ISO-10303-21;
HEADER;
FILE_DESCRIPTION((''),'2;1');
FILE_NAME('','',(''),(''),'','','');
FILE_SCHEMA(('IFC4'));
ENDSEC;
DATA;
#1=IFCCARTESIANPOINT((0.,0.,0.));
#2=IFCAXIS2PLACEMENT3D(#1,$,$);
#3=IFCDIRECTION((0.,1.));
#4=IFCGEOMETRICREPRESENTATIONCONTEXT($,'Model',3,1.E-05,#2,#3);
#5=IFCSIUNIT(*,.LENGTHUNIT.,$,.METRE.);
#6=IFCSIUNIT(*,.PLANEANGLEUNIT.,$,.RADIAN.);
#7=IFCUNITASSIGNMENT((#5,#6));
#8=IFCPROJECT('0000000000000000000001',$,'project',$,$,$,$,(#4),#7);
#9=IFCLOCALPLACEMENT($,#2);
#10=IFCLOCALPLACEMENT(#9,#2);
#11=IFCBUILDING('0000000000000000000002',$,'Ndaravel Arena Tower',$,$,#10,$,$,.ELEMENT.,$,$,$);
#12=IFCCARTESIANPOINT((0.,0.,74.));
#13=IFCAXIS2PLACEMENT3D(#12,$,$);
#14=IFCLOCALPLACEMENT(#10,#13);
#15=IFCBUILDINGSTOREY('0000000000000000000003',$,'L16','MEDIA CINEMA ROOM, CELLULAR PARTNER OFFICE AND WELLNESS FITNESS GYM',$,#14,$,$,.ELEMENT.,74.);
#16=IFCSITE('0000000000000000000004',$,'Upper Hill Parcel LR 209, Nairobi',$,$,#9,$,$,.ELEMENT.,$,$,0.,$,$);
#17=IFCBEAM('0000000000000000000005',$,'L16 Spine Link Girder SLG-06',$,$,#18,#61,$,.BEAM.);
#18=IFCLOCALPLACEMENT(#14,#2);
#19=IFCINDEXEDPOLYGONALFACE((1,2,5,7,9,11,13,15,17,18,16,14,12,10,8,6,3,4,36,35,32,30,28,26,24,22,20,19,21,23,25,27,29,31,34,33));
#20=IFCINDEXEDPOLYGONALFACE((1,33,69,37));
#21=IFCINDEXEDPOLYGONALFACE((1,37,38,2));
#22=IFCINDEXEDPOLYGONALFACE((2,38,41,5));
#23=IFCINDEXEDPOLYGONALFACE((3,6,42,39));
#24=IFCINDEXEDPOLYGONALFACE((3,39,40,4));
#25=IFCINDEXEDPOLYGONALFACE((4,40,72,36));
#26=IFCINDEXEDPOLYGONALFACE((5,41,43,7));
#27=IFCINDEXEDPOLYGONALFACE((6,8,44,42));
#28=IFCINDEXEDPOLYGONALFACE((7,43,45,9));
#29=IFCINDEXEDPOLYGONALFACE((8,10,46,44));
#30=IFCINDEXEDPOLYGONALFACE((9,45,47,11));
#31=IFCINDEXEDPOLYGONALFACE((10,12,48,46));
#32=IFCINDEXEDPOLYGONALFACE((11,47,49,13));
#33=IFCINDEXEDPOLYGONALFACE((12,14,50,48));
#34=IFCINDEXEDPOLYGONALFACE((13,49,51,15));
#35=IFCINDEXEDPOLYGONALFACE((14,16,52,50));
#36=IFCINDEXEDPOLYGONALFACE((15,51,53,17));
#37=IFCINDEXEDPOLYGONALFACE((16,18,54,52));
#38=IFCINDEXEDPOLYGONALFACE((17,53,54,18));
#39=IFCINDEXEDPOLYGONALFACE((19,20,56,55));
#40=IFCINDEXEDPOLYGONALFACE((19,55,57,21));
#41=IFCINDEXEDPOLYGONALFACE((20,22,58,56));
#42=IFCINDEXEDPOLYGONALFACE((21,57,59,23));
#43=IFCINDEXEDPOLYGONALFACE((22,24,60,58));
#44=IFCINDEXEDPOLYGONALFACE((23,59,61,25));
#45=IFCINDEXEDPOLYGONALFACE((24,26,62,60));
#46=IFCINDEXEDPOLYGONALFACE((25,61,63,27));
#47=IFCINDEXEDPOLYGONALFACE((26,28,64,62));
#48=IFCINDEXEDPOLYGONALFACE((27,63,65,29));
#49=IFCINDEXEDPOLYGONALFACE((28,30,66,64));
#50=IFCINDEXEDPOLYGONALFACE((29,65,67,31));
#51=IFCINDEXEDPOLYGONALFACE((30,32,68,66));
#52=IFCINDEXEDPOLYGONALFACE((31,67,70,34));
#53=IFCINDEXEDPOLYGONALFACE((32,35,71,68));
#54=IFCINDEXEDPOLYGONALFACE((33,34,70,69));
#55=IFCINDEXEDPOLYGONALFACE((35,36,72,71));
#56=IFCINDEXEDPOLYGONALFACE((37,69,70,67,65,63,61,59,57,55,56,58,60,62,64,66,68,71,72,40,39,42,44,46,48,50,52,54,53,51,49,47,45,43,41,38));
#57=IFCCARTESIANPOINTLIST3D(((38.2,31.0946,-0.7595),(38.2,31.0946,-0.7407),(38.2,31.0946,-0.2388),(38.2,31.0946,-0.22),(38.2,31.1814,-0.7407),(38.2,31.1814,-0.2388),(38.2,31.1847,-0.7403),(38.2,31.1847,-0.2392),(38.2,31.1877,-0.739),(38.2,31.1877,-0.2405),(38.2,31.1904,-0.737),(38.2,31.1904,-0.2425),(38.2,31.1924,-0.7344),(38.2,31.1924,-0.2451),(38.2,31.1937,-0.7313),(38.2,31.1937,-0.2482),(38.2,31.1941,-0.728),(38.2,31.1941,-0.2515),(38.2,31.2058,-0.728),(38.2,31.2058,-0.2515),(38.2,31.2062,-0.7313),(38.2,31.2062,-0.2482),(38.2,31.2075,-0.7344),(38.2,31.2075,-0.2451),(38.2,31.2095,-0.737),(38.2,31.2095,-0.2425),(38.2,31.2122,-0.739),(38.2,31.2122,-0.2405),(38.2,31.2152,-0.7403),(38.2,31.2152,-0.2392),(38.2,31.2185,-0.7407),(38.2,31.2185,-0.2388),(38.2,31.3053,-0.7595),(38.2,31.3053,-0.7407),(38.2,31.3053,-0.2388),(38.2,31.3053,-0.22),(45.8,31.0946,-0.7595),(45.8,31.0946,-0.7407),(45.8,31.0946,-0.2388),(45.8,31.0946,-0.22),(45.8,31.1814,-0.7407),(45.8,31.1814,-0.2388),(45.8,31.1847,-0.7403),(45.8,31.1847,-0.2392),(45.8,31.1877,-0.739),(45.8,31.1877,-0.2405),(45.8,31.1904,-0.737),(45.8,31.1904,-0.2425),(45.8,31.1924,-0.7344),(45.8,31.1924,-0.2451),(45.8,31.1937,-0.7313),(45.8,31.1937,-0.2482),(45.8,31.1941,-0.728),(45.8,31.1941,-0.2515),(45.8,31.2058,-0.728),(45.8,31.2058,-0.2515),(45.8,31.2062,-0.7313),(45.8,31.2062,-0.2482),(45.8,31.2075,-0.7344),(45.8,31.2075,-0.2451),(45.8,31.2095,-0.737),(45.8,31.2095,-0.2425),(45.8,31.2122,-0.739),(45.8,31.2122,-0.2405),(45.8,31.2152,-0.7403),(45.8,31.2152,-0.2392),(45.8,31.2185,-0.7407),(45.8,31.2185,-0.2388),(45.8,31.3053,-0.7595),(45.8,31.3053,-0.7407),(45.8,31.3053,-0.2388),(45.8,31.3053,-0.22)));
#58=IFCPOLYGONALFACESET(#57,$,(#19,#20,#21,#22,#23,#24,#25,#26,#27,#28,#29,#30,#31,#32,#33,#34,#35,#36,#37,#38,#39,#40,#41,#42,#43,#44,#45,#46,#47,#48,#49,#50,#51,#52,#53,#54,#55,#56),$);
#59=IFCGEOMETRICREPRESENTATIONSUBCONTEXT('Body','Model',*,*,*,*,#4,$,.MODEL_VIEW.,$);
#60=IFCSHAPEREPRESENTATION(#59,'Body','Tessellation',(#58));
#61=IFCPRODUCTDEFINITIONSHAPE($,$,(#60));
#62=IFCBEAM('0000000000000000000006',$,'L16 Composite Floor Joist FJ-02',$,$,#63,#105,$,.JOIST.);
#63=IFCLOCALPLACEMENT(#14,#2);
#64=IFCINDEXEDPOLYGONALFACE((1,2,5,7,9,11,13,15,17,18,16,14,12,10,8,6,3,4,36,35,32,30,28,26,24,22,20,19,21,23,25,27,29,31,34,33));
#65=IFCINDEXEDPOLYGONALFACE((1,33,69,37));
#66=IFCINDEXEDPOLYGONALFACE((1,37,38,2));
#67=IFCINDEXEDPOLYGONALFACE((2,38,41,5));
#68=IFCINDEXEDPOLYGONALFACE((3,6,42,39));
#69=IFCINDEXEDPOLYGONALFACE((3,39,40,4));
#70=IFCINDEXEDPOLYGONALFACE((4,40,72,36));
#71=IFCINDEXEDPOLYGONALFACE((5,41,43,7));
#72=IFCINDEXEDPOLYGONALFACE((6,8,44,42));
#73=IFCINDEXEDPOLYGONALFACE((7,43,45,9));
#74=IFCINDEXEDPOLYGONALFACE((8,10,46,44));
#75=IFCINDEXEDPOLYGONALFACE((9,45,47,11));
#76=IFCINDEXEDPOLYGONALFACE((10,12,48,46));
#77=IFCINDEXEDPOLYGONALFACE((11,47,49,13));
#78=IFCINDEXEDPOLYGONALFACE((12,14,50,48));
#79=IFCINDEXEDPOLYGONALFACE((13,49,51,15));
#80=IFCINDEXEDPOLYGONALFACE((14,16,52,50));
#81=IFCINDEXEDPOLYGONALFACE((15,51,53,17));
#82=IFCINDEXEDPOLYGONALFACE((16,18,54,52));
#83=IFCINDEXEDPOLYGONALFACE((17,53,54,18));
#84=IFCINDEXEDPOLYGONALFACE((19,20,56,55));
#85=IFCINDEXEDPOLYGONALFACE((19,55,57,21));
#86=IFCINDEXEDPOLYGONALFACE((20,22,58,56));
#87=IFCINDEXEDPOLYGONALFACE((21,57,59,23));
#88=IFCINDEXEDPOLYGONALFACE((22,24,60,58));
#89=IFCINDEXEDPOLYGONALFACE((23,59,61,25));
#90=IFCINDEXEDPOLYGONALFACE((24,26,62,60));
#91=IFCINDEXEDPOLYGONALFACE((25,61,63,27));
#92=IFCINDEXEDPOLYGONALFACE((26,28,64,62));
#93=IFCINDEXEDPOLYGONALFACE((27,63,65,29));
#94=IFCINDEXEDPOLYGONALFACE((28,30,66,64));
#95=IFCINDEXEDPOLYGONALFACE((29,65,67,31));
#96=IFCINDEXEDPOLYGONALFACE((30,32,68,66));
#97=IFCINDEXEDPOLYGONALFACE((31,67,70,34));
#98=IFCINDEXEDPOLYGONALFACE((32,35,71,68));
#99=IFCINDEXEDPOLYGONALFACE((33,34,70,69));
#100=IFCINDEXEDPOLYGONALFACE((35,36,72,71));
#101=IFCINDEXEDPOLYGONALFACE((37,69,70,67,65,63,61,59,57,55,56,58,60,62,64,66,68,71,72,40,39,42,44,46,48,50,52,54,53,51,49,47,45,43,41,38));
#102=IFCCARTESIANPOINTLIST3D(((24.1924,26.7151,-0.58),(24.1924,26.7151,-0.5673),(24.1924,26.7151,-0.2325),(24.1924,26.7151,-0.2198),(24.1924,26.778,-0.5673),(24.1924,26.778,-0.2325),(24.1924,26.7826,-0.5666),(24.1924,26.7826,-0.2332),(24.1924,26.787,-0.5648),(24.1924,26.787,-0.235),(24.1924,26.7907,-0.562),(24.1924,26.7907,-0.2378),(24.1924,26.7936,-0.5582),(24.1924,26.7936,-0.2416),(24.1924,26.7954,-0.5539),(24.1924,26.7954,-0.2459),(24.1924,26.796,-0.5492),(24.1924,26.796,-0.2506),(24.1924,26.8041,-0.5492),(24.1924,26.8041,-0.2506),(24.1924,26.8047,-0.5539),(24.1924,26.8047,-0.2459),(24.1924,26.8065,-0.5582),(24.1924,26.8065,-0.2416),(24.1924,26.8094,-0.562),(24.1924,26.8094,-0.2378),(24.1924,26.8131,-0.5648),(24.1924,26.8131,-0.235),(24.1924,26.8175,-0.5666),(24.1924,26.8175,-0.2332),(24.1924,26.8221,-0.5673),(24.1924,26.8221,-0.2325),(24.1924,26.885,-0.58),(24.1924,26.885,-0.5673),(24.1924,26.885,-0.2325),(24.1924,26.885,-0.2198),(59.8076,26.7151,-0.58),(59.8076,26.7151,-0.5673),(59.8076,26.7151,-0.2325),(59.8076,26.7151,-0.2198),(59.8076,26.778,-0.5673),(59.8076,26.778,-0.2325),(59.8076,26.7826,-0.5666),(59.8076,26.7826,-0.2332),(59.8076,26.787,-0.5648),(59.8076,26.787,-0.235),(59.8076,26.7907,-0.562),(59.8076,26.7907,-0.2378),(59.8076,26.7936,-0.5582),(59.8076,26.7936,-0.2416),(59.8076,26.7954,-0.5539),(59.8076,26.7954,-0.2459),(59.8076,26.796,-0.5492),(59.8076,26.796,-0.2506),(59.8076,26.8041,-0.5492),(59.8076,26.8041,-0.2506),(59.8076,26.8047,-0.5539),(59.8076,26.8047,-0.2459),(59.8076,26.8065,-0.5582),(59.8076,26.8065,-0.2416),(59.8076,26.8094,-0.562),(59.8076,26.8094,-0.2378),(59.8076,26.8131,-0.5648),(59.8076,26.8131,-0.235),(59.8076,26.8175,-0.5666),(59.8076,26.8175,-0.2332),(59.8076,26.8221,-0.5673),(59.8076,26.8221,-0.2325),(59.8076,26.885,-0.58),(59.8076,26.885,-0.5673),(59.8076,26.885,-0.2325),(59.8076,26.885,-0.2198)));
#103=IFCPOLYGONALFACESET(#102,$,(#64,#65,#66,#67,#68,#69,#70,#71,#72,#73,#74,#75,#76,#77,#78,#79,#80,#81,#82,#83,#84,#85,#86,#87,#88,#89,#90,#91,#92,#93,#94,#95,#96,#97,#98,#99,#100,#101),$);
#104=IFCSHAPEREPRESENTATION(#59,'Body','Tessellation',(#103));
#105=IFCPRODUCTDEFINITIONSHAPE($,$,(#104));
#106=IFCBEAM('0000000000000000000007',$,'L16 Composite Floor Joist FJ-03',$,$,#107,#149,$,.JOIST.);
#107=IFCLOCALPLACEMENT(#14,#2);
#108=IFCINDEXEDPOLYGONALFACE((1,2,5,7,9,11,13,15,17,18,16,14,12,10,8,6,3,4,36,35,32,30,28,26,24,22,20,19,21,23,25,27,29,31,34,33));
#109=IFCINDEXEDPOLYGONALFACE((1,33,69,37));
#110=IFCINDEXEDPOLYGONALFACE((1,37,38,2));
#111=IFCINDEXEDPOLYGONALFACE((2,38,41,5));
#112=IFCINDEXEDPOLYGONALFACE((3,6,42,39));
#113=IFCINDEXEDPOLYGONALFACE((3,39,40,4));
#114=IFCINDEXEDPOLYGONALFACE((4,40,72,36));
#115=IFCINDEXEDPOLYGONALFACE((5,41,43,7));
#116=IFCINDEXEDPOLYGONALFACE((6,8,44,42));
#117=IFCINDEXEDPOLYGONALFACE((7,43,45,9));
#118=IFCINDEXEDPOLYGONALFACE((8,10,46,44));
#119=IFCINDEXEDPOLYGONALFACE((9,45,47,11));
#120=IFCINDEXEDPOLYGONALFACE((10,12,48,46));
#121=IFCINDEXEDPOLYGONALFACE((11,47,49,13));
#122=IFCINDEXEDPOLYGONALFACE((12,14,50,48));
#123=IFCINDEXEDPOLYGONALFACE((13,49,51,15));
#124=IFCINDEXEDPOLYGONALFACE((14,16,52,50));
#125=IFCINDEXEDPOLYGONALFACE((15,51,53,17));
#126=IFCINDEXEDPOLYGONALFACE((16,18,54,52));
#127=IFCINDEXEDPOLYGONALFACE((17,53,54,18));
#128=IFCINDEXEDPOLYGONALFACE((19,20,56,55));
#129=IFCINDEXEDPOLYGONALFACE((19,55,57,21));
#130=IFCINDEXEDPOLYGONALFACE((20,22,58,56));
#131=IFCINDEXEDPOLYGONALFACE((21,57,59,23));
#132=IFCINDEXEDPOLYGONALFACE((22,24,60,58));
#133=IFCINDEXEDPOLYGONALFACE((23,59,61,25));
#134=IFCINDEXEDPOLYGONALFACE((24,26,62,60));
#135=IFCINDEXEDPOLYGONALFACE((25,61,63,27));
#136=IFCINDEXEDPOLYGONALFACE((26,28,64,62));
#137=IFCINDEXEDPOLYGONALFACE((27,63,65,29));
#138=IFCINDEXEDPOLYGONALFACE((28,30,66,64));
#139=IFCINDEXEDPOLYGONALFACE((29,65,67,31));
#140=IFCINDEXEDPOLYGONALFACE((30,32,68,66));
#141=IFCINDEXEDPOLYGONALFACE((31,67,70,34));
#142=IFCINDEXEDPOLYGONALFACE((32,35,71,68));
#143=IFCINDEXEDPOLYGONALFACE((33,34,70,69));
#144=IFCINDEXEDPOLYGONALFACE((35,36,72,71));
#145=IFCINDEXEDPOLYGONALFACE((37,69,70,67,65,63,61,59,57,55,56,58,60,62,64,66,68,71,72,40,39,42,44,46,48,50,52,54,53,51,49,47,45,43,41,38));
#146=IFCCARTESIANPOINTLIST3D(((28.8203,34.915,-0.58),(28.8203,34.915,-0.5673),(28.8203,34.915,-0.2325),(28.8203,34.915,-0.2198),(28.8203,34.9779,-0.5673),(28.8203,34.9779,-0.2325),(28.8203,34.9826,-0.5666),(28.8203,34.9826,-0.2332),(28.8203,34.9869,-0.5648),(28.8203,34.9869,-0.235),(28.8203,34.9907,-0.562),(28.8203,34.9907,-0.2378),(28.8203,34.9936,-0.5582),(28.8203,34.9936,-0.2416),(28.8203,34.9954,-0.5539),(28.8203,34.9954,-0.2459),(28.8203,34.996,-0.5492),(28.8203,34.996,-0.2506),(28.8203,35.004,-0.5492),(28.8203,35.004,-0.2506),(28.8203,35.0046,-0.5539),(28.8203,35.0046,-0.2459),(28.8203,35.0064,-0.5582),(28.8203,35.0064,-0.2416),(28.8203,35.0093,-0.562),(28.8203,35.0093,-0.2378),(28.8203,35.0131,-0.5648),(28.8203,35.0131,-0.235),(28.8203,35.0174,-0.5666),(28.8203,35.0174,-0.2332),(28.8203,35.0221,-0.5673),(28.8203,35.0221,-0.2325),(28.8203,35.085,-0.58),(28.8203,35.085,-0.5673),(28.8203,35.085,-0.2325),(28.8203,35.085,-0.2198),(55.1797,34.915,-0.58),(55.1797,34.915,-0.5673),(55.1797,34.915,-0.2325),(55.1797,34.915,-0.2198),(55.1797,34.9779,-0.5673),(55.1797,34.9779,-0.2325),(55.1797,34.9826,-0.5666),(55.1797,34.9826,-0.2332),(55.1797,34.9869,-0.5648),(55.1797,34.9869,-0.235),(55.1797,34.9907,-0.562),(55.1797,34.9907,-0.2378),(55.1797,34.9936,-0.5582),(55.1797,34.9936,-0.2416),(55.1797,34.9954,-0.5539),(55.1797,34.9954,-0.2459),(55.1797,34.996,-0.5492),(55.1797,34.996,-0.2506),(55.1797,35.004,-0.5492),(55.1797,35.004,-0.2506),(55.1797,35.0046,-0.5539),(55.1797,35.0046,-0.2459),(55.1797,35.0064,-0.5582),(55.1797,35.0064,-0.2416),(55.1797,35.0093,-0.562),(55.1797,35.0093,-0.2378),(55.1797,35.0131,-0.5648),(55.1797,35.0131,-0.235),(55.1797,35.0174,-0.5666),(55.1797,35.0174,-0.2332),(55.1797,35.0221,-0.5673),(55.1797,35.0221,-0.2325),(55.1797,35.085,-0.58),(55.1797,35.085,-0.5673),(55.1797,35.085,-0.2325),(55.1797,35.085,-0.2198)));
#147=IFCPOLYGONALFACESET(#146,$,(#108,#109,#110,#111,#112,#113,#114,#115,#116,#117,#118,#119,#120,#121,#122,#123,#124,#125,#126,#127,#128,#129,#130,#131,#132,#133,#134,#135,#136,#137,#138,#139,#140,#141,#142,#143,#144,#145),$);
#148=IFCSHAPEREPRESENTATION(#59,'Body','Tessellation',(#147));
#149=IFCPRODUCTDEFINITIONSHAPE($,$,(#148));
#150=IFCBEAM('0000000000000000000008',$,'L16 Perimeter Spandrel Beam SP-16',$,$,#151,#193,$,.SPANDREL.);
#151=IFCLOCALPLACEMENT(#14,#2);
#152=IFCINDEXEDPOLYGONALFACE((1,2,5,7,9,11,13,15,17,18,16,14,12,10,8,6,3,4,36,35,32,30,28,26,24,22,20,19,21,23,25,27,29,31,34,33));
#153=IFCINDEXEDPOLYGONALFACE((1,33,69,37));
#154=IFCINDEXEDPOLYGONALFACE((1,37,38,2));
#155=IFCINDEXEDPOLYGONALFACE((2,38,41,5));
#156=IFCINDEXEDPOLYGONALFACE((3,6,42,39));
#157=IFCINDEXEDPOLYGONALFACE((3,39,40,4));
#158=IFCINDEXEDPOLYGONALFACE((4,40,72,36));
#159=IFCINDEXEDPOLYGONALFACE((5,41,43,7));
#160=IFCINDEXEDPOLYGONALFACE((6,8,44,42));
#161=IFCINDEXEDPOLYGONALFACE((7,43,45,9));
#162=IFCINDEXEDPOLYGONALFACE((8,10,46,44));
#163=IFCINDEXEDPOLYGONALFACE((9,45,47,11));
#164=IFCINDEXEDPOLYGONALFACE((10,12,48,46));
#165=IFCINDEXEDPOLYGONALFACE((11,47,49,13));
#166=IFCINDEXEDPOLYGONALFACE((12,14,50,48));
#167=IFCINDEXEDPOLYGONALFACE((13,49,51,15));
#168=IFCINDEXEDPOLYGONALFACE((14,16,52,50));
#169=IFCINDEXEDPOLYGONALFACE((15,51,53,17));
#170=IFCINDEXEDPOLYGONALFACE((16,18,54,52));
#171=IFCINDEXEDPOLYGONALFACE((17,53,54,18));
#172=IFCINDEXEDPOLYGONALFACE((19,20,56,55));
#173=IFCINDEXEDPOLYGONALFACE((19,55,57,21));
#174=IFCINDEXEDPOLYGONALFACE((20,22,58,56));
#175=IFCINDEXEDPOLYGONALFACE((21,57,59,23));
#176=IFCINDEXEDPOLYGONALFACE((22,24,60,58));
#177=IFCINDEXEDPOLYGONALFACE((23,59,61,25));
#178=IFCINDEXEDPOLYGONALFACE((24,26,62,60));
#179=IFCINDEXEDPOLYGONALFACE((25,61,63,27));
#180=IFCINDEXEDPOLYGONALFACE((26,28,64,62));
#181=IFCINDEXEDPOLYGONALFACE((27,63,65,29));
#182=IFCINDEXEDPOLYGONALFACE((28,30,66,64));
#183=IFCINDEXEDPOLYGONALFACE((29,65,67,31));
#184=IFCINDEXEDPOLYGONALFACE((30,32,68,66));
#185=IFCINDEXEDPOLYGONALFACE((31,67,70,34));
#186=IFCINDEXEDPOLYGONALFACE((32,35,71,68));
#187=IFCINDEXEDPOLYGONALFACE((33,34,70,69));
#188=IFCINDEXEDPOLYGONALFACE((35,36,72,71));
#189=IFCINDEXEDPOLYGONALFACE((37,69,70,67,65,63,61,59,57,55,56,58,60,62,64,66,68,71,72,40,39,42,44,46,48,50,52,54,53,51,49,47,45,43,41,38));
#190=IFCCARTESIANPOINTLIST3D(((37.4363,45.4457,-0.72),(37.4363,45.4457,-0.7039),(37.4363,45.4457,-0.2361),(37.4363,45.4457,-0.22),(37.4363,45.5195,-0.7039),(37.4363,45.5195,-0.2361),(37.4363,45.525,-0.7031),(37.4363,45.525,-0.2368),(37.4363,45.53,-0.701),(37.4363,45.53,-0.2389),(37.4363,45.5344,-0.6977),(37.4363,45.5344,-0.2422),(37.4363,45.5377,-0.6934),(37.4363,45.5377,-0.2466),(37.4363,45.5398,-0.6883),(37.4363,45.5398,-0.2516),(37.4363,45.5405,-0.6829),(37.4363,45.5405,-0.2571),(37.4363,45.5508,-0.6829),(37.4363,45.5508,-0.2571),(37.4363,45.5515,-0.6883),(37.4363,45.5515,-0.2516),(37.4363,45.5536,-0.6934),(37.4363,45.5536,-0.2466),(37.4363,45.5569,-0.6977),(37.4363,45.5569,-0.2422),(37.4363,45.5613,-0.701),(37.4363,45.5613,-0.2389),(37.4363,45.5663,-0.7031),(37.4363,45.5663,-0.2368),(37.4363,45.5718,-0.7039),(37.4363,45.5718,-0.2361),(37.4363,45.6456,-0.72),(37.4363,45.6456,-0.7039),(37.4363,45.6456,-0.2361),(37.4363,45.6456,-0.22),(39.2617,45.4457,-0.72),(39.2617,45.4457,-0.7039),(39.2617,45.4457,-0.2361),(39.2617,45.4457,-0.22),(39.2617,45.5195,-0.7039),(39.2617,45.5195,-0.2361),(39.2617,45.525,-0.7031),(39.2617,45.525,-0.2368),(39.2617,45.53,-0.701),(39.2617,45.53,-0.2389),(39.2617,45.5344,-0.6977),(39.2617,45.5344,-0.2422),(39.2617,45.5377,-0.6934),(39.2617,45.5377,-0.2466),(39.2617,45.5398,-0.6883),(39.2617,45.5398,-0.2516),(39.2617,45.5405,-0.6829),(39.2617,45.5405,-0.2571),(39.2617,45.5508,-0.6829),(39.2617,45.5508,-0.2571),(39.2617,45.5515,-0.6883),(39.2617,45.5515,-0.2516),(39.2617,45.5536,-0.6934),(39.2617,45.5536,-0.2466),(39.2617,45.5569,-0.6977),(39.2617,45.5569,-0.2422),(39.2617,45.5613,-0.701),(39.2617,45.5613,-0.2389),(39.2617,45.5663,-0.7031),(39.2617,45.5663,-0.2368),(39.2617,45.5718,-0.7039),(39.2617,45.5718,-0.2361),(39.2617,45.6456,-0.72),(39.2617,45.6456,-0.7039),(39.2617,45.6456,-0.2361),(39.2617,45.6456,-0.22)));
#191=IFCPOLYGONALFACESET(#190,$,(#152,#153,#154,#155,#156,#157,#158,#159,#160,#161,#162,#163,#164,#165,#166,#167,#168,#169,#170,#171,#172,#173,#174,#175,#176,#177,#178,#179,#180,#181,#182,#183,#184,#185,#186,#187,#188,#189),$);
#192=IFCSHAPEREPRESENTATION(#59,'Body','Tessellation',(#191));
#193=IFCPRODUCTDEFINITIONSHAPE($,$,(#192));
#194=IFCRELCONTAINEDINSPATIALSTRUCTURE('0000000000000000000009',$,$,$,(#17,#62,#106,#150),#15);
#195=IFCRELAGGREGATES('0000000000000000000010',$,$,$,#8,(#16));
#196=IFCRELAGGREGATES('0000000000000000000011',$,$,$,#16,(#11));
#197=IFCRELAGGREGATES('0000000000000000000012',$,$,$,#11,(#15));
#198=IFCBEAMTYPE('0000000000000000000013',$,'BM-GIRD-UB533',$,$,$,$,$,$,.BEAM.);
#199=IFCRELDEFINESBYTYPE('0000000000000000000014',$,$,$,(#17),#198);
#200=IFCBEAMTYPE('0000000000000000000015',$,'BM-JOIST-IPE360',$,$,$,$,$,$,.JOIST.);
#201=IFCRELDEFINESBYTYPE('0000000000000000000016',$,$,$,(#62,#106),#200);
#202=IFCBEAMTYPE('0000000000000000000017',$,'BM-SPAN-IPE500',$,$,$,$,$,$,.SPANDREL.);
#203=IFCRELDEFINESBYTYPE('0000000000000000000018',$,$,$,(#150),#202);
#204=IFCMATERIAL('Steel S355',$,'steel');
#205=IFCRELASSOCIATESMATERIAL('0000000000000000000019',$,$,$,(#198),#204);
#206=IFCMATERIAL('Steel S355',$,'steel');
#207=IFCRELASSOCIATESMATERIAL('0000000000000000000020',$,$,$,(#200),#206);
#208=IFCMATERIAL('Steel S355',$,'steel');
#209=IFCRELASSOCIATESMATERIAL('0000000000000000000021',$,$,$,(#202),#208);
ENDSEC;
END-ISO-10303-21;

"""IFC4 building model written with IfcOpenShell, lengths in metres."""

from ifc_helpers import new_model, si_unit, direction, frame, origin, origin_2d, place, context, subcontext, project, spatial, i_section, extrude, material, material_profile, profile_set, type_object, element, save


model = new_model("IFC4")

# Units and contexts
model_context = context("Model", 3, precision=1e-05, world=origin(), true_north=direction((0.0, 1.0)))
body_context = subcontext(model_context, "Body", "Model", "MODEL_VIEW")
ifc_project = project(units=[si_unit("LENGTHUNIT", "METRE"), si_unit("PLANEANGLEUNIT", "RADIAN")], contexts=[model_context])

# Site, building, storey
site_placement = place(None, origin())
site = spatial("IfcSite", under=ifc_project, at=site_placement, Name="Upper Hill Parcel LR 209, Nairobi", CompositionType="ELEMENT", RefElevation=0.0)
building_placement = place(site_placement, origin())
building = spatial("IfcBuilding", under=site, at=building_placement, Name="Ndaravel Arena Tower", CompositionType="ELEMENT")
storey_placement = place(building_placement, frame((0.0, 0.0, 74.0)))
storey = spatial("IfcBuildingStorey", under=building, at=storey_placement, Name="L16", Description="MEDIA CINEMA ROOM, CELLULAR PARTNER OFFICE AND WELLNESS FITNESS GYM", CompositionType="ELEMENT", Elevation=74.0)

# Beams
ifc_material_1 = material(Name="Steel S355", Category="steel")
ifc_material_profile_1 = material_profile(ifc_material_1, i_section(OverallWidth=0.2107, OverallDepth=0.5396, WebThickness=0.0117, FlangeThickness=0.0188, FilletRadius=0.0127, at=origin_2d()), Name="UB 533x210x109")
ifc_profile_set_1 = profile_set([ifc_material_profile_1], Name="Steel S355")
beam_type_1 = type_object("IfcBeamType", Name="BM-GIRD-UB533", PredefinedType="BEAM", material=ifc_profile_set_1)
beam_1_placement = place(storey_placement, frame((38.2, 31.2, -0.4897), z_axis=(1.0, 0.0, 0.0), x_axis=(0.0, 1.0, 0.0)))
element("IfcBeam", 1, at=beam_1_placement, inside=storey, type_object=beam_type_1, Name="L16 Spine Link Girder SLG-06", PredefinedType="BEAM", context=body_context, shape_type="SweptSolid", body=[
    extrude(i_section(OverallWidth=0.2107, OverallDepth=0.5396, WebThickness=0.0117, FlangeThickness=0.0188, FilletRadius=0.0127, at=origin_2d()), origin(), (0.0, 0.0, 1.0), 7.6001),
])
ifc_material_2 = material(Name="Steel S355", Category="steel")
ifc_material_profile_2 = material_profile(ifc_material_2, i_section(OverallWidth=0.1699, OverallDepth=0.3601, WebThickness=0.0081, FlangeThickness=0.0127, FilletRadius=0.0181, at=origin_2d()), Name="IPE 360")
ifc_profile_set_2 = profile_set([ifc_material_profile_2], Name="Steel S355")
beam_type_2 = type_object("IfcBeamType", Name="BM-JOIST-IPE360", PredefinedType="JOIST", material=ifc_profile_set_2)
beam_2_placement = place(storey_placement, frame((24.1924, 26.8, -0.3999), z_axis=(1.0, 0.0, 0.0), x_axis=(0.0, 1.0, 0.0)))
element("IfcBeam", 2, at=beam_2_placement, inside=storey, type_object=beam_type_2, Name="L16 Composite Floor Joist FJ-02", PredefinedType="JOIST", context=body_context, shape_type="SweptSolid", body=[
    extrude(i_section(OverallWidth=0.1699, OverallDepth=0.3601, WebThickness=0.0081, FlangeThickness=0.0127, FilletRadius=0.0181, at=origin_2d()), origin(), (0.0, 0.0, 1.0), 35.6152),
])
beam_3_placement = place(storey_placement, frame((28.8203, 35.0, -0.3999), z_axis=(1.0, 0.0, 0.0), x_axis=(0.0, 1.0, 0.0)))
element("IfcBeam", 3, at=beam_3_placement, inside=storey, type_object=beam_type_2, Name="L16 Composite Floor Joist FJ-03", PredefinedType="JOIST", context=body_context, shape_type="SweptSolid", body=[
    extrude(i_section(OverallWidth=0.1699, OverallDepth=0.3601, WebThickness=0.0081, FlangeThickness=0.0127, FilletRadius=0.0181, at=origin_2d()), origin(), (0.0, 0.0, 1.0), 26.3594),
])
ifc_material_3 = material(Name="Steel S355", Category="steel")
ifc_material_profile_3 = material_profile(ifc_material_3, i_section(OverallWidth=0.2, OverallDepth=0.5, WebThickness=0.0103, FlangeThickness=0.0161, FilletRadius=0.021, at=origin_2d()), Name="IPE 500")
ifc_profile_set_3 = profile_set([ifc_material_profile_3], Name="Steel S355")
beam_type_3 = type_object("IfcBeamType", Name="BM-SPAN-IPE500", PredefinedType="SPANDREL", material=ifc_profile_set_3)
for number, where, z_axis, x_axis, name in (
    (4, (39.2617, 45.5457, -0.47), (-1.0, 0.0, 0.0), (0.0, -1.0, 0.0), "L16 Perimeter Spandrel Beam SP-16"),
):
    element("IfcBeam", number, at=place(storey_placement, frame(where, z_axis=z_axis, x_axis=x_axis)), inside=storey, type_object=beam_type_3, Name=name, PredefinedType="SPANDREL", context=body_context, shape_type="SweptSolid", body=[
        extrude(i_section(OverallWidth=0.2, OverallDepth=0.5, WebThickness=0.0103, FlangeThickness=0.0161, FilletRadius=0.021, at=origin_2d()), origin(), (0.0, 0.0, 1.0), 1.8254),
    ])

save(model, "model.ifc")
